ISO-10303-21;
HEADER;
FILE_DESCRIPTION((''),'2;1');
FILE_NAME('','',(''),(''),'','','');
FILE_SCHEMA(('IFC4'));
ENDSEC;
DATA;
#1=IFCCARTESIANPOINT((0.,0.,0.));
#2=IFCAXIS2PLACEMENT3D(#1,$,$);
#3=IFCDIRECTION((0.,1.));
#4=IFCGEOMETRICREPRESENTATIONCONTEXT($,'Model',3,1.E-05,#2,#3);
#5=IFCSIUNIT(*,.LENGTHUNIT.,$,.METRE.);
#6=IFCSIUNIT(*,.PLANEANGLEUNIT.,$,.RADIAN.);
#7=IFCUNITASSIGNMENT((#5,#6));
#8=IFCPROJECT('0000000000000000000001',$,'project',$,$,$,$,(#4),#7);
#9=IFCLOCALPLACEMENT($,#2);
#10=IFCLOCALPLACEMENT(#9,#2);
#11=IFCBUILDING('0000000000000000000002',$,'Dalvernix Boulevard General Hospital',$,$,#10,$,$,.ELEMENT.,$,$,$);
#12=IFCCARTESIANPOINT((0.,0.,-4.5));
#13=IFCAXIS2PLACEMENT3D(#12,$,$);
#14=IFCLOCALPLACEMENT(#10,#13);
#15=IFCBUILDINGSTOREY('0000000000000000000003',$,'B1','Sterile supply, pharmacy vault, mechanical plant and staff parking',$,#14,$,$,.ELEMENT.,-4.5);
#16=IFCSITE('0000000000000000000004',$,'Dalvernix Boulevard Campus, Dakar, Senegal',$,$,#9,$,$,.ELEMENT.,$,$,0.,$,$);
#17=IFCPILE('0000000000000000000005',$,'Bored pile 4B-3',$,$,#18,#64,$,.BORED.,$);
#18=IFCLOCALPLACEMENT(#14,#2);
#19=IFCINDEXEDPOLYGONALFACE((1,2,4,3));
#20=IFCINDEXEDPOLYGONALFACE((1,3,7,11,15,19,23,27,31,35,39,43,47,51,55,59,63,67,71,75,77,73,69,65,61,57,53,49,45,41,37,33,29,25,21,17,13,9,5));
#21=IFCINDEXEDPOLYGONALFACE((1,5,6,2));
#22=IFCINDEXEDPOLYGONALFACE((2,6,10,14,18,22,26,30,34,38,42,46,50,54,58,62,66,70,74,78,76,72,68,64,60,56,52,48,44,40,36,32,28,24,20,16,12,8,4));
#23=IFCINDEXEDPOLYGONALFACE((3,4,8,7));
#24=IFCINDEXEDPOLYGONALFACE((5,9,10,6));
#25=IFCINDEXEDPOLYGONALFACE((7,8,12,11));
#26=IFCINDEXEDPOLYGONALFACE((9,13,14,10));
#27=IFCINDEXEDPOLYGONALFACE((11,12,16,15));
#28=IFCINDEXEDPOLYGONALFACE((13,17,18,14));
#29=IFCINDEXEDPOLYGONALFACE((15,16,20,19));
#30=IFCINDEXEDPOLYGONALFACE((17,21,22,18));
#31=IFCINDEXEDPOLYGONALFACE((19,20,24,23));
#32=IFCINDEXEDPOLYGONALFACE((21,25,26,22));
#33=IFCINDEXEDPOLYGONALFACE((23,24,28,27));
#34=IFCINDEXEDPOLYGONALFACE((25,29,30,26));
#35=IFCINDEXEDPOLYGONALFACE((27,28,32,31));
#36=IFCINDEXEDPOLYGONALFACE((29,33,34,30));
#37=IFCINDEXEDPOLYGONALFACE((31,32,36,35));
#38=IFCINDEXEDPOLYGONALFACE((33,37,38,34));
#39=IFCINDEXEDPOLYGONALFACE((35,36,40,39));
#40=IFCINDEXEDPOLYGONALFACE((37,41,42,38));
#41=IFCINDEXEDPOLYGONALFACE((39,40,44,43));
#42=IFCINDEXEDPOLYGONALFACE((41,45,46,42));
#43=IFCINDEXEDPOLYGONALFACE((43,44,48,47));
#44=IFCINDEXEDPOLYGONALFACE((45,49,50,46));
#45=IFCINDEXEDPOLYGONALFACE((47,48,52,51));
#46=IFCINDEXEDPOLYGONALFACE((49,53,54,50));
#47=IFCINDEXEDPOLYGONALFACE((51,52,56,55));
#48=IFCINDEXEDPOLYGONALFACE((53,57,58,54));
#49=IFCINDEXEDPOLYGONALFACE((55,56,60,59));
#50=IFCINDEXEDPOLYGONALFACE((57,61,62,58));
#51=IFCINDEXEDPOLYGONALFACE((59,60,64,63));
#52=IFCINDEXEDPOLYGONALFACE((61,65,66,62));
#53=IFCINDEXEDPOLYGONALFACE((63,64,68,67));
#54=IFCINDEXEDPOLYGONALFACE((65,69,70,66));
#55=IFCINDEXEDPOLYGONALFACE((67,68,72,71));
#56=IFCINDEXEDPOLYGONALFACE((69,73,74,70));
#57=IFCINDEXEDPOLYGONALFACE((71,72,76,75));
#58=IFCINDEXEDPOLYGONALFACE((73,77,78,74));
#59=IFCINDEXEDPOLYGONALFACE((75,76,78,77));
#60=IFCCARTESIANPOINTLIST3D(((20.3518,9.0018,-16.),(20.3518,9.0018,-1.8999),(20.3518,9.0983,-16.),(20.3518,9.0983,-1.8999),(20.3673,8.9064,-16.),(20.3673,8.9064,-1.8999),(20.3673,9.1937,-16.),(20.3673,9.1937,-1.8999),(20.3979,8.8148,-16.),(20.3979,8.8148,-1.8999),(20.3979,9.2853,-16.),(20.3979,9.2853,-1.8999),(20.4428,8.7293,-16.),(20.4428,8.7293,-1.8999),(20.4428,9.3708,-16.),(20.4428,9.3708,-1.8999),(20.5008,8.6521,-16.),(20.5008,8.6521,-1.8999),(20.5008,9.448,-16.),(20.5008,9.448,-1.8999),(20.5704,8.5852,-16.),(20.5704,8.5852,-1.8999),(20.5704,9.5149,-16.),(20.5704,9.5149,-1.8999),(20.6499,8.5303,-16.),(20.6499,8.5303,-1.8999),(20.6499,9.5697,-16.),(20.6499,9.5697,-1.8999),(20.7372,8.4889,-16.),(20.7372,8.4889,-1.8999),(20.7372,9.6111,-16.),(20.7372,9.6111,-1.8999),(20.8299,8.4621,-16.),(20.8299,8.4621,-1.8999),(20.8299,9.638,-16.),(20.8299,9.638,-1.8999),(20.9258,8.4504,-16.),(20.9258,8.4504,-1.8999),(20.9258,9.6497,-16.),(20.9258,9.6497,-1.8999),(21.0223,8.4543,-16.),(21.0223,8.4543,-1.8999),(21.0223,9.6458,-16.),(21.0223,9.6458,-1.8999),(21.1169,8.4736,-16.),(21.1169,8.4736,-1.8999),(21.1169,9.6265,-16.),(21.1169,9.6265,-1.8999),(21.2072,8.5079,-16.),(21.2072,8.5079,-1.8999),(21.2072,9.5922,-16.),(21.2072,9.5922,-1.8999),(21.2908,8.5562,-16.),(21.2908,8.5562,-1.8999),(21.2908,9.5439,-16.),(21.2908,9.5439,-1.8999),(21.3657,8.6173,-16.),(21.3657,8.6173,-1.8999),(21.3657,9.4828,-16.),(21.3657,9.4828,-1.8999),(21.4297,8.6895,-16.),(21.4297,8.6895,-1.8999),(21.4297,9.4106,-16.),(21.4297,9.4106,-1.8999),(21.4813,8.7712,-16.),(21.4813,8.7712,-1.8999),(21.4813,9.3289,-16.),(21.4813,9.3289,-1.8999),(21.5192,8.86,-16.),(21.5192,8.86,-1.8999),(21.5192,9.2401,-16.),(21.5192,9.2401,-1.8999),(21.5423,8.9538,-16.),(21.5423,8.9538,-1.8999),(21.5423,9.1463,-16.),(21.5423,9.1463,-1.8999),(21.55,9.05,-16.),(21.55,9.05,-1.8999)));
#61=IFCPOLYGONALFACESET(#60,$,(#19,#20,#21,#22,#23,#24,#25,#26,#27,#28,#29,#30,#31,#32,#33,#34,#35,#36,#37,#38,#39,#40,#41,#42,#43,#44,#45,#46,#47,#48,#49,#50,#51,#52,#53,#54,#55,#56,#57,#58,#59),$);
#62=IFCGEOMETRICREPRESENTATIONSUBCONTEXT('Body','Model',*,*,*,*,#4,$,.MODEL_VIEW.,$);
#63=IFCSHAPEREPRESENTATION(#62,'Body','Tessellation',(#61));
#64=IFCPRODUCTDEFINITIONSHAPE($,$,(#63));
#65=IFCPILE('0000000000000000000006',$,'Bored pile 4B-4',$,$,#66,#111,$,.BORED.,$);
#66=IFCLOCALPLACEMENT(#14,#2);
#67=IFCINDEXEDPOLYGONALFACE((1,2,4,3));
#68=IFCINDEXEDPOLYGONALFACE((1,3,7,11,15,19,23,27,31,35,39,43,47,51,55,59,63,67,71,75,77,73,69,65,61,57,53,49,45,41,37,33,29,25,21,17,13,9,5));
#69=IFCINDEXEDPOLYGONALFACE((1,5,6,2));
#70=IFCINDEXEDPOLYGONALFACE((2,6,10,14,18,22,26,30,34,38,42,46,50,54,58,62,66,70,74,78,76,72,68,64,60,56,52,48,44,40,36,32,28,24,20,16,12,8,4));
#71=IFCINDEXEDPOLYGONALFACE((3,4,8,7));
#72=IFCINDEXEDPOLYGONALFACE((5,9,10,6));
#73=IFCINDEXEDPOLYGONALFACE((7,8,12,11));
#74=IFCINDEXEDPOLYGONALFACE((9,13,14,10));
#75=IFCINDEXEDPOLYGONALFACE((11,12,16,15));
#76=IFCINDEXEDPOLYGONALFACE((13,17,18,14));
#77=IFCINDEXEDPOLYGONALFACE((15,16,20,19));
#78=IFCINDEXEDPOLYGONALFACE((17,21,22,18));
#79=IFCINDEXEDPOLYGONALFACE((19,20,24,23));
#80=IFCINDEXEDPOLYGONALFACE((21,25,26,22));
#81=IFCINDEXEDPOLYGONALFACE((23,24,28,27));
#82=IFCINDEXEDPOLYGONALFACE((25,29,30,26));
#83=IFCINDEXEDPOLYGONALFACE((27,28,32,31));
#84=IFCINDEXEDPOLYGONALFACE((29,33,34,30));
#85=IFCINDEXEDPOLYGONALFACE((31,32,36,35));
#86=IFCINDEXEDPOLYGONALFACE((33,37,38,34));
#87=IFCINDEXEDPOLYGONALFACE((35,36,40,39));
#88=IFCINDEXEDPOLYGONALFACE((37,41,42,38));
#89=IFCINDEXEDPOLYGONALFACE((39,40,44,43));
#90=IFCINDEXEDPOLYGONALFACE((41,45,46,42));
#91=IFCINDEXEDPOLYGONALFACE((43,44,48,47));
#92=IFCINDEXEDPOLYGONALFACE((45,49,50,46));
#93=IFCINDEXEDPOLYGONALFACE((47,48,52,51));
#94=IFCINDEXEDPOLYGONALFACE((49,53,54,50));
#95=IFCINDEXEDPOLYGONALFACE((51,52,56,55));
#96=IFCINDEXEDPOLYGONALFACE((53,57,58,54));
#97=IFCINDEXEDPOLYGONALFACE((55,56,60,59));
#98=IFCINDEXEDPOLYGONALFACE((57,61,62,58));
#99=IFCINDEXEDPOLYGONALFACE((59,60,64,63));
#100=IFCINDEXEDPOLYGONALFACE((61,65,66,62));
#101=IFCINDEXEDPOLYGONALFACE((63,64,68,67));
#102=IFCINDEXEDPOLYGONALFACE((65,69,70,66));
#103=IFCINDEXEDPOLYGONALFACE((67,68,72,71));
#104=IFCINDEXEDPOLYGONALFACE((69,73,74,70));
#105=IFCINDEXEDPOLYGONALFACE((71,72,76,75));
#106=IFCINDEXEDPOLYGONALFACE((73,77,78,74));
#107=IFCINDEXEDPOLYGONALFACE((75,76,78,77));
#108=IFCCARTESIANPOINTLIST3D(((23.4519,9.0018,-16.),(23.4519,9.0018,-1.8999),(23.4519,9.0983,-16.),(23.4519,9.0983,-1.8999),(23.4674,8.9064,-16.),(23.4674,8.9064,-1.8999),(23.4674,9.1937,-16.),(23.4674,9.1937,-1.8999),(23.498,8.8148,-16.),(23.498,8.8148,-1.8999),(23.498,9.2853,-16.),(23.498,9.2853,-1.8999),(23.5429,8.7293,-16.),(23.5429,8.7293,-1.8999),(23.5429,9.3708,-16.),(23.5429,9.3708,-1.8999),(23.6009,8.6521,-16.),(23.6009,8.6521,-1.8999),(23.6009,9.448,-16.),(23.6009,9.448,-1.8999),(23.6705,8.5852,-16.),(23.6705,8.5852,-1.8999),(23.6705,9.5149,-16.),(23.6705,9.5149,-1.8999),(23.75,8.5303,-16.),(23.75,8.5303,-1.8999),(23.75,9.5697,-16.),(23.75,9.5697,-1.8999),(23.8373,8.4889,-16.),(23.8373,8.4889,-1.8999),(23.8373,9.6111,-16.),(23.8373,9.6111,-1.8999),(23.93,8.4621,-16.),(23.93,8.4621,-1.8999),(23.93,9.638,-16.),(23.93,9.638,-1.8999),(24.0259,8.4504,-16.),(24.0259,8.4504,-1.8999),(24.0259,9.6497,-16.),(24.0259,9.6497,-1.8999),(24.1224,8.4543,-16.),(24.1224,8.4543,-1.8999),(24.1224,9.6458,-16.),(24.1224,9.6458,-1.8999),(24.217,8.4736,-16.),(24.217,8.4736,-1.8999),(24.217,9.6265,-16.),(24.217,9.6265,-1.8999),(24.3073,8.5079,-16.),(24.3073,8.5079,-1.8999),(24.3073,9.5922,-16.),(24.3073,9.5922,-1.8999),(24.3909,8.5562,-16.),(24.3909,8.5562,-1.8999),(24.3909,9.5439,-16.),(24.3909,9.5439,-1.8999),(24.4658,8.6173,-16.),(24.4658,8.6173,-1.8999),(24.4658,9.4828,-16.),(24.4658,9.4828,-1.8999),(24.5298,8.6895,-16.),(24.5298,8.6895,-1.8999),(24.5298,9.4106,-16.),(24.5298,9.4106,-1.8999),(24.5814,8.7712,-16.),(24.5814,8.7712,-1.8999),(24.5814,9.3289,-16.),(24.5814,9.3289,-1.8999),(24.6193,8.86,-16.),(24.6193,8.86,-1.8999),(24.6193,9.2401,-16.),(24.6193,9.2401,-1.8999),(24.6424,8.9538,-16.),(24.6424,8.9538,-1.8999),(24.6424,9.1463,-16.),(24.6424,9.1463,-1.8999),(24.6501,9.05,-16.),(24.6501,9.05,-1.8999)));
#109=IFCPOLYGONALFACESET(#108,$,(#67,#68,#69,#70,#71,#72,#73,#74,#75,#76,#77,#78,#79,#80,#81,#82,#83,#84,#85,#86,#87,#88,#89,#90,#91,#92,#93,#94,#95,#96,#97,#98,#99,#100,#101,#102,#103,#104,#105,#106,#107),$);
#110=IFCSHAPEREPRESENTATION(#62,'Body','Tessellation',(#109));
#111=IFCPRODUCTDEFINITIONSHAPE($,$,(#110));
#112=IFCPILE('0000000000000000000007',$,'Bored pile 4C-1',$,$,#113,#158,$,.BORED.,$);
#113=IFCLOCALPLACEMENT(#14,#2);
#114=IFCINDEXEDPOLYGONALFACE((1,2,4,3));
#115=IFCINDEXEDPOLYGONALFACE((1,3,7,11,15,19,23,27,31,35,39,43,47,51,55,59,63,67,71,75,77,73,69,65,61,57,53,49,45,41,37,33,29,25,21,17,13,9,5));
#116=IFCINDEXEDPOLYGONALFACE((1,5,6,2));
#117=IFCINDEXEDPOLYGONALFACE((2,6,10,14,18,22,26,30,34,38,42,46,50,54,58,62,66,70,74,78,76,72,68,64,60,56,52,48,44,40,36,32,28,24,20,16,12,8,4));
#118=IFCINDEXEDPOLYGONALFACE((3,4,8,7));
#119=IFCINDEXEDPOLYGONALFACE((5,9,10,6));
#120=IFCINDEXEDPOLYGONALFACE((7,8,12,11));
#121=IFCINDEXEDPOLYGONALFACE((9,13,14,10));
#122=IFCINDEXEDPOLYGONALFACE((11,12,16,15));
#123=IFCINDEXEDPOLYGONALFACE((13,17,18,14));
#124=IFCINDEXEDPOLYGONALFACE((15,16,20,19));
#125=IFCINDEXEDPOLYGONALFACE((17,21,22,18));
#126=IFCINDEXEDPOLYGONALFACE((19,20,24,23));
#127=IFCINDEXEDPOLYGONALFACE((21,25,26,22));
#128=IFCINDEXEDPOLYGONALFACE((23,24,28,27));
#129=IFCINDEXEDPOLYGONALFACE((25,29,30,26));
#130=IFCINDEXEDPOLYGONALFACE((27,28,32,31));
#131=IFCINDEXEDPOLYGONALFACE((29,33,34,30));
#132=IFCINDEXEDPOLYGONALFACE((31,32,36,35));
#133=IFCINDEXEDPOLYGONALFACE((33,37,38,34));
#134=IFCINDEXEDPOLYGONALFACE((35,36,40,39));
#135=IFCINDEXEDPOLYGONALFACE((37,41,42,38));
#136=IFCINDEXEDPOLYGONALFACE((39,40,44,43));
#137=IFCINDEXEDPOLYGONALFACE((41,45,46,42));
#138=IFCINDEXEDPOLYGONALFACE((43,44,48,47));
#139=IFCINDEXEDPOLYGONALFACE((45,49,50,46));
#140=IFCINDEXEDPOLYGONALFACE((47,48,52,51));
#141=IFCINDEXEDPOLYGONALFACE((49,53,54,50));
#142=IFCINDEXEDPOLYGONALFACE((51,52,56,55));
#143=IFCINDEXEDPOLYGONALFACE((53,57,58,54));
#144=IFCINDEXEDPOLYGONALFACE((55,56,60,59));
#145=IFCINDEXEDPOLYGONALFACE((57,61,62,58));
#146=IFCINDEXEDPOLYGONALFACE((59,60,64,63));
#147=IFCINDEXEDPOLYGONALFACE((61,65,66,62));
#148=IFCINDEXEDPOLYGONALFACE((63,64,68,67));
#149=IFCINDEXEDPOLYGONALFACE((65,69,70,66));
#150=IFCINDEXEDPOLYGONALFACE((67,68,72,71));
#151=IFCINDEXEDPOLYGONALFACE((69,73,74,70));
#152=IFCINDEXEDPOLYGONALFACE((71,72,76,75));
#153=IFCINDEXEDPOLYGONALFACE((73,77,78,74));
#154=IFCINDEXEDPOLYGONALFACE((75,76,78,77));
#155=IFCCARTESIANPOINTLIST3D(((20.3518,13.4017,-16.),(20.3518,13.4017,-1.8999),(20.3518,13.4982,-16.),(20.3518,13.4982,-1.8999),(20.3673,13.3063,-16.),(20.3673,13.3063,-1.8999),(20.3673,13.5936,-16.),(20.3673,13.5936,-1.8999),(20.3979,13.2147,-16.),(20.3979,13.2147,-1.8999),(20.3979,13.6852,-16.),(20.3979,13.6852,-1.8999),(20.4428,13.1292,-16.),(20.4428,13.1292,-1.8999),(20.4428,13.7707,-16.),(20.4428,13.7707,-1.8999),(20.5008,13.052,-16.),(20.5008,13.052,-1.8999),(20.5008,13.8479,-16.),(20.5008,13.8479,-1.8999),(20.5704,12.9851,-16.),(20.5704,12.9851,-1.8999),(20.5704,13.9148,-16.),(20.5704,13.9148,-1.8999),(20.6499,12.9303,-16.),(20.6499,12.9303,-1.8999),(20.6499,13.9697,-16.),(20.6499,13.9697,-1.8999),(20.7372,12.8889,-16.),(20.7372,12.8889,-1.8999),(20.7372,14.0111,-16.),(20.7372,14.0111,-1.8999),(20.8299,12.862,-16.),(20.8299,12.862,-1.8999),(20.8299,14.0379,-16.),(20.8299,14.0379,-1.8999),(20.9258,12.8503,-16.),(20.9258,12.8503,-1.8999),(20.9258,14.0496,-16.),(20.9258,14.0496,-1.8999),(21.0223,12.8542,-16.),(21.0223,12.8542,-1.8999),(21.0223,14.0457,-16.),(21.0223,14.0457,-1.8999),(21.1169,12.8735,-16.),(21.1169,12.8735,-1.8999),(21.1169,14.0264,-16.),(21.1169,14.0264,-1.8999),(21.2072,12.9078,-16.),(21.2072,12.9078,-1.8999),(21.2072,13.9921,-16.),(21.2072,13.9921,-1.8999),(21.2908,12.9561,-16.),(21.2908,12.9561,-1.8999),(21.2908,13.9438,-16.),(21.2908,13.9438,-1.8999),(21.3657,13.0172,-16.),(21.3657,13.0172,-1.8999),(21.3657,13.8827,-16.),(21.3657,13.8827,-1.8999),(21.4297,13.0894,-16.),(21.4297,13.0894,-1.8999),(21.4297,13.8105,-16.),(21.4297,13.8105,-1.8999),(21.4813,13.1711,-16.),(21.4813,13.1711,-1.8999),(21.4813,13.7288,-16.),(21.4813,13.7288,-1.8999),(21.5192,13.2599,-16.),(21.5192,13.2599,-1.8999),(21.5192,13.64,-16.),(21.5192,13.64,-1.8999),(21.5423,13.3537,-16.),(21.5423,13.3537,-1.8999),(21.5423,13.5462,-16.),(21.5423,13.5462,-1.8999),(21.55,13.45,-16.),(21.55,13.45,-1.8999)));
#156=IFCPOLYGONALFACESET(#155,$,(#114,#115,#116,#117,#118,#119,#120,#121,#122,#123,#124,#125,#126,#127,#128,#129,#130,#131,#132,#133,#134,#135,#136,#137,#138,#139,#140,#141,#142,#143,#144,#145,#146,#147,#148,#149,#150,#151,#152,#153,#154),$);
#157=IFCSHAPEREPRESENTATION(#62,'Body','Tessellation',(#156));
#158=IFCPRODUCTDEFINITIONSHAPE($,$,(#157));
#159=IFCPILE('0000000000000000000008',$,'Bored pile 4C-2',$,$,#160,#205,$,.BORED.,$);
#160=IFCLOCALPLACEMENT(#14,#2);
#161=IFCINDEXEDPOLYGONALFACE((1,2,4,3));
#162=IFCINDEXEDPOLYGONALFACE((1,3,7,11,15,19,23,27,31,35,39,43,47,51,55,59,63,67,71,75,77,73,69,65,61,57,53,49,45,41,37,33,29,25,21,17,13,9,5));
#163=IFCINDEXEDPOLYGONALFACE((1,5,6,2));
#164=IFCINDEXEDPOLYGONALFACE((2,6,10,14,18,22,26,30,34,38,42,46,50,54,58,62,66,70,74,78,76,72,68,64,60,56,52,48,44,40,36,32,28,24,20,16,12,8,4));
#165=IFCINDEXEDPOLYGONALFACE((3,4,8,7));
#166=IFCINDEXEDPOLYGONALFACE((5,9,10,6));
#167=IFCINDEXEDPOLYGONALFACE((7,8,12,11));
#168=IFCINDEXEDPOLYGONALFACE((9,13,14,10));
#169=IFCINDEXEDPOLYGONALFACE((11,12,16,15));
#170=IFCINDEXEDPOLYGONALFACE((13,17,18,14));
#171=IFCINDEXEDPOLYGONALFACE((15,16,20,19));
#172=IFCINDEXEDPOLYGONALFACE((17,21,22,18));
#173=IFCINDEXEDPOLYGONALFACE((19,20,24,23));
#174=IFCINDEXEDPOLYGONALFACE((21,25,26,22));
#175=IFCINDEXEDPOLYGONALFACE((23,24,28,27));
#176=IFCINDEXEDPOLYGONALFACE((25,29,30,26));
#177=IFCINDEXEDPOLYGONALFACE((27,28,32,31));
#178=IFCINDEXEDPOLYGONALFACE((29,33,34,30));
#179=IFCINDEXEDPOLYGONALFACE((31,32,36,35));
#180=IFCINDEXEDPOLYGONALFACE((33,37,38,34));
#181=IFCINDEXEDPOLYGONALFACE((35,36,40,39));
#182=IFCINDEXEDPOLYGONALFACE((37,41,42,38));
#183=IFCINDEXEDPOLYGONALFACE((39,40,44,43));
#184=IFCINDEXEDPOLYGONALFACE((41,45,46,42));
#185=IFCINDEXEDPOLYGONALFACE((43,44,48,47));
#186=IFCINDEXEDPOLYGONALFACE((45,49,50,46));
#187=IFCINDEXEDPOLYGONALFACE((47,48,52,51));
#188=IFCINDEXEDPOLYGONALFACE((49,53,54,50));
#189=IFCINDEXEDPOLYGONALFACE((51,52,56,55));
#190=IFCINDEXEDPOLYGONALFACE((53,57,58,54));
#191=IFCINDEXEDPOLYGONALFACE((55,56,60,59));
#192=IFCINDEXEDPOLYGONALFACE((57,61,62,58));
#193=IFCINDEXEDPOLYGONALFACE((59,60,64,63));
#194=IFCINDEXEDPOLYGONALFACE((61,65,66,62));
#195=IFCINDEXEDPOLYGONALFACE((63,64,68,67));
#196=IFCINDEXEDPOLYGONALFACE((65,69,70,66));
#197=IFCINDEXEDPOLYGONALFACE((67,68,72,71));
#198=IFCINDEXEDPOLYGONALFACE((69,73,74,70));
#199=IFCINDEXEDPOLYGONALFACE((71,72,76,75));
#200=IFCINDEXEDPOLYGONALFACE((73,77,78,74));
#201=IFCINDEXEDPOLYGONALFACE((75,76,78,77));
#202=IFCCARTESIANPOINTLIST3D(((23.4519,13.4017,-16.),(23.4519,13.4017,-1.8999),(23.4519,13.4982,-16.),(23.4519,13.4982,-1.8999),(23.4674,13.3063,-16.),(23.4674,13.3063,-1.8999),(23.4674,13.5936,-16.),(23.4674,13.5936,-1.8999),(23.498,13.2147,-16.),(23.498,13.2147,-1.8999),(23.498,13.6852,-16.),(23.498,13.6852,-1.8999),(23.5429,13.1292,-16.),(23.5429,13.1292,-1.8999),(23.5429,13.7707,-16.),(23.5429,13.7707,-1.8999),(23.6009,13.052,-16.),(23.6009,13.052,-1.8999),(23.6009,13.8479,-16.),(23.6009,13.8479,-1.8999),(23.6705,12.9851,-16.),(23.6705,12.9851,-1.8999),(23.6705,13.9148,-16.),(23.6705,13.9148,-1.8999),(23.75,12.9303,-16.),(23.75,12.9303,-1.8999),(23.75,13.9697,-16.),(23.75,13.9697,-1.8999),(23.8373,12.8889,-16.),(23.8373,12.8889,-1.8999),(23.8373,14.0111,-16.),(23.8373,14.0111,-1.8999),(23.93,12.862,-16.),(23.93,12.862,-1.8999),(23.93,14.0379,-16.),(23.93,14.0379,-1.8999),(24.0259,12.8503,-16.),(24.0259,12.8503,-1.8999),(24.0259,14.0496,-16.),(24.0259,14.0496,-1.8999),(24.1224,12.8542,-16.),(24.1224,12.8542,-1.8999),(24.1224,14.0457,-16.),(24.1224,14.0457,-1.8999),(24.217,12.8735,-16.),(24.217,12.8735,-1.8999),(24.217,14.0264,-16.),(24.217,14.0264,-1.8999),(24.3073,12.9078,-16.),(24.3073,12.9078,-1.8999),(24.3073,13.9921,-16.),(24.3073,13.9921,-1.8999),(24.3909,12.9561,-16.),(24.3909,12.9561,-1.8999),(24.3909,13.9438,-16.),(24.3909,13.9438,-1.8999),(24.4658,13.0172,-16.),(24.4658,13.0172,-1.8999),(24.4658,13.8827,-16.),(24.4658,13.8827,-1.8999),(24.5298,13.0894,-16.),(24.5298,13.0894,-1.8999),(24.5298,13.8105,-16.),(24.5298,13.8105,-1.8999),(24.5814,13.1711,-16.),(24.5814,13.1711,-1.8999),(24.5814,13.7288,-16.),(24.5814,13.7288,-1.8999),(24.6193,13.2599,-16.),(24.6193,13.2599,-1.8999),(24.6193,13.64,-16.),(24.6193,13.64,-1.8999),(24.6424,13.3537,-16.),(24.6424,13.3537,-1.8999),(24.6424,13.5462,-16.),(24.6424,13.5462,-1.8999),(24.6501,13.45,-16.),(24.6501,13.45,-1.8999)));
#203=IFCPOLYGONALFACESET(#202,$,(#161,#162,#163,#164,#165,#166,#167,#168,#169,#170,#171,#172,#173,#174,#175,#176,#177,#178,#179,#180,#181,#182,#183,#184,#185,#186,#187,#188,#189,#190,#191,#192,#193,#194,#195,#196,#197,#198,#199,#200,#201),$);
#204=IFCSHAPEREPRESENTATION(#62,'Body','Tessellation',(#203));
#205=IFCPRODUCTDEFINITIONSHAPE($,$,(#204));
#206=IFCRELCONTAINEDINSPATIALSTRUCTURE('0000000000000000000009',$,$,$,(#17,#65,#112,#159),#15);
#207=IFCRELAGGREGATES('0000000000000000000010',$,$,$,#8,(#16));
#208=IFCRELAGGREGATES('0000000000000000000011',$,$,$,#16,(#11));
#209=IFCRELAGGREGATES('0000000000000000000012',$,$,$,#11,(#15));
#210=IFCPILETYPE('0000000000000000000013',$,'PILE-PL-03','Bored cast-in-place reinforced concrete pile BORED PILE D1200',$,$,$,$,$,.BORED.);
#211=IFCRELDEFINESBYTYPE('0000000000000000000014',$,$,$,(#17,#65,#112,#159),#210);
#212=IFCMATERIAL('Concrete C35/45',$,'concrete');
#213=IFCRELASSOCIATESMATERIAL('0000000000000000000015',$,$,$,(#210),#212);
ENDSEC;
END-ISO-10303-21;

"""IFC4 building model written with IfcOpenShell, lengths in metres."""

from ifc_helpers import new_model, si_unit, direction, frame, origin, origin_2d, place, context, subcontext, project, spatial, circle, extrude, material, material_profile, profile_set, type_object, element, save


model = new_model("IFC4")

# Units and contexts
model_context = context("Model", 3, precision=1e-05, world=origin(), true_north=direction((0.0, 1.0)))
body_context = subcontext(model_context, "Body", "Model", "MODEL_VIEW")
ifc_project = project(units=[si_unit("LENGTHUNIT", "METRE"), si_unit("PLANEANGLEUNIT", "RADIAN")], contexts=[model_context])

# Site, building, storey
site_placement = place(None, origin())
site = spatial("IfcSite", under=ifc_project, at=site_placement, Name="Dalvernix Boulevard Campus, Dakar, Senegal", CompositionType="ELEMENT", RefElevation=0.0)
building_placement = place(site_placement, origin())
building = spatial("IfcBuilding", under=site, at=building_placement, Name="Dalvernix Boulevard General Hospital", CompositionType="ELEMENT")
storey_placement = place(building_placement, frame((0.0, 0.0, -4.5)))
storey = spatial("IfcBuildingStorey", under=building, at=storey_placement, Name="B1", Description="Sterile supply, pharmacy vault, mechanical plant and staff parking", CompositionType="ELEMENT", Elevation=-4.5)

# Shared definitions
ifc_material_1 = material(Name="Concrete C35/45", Category="concrete")

# Piles
ifc_material_profile_1 = material_profile(ifc_material_1, circle(Radius=0.6001, at=origin_2d()), Name="BORED PILE D1200")
ifc_profile_set_1 = profile_set([ifc_material_profile_1], Name="Concrete C35/45")
pile_type = type_object("IfcPileType", Name="PILE-PL-03", Description="Bored cast-in-place reinforced concrete pile BORED PILE D1200", PredefinedType="BORED", material=ifc_profile_set_1)
for number, where, z_axis, x_axis, name in (
    (1, (20.95, 9.05, -1.8999), (0.0, 0.0, -1.0), (1.0, 0.0, 0.0), "Bored pile 4B-3"),
    (2, (24.05, 9.05, -1.8999), (0.0, 0.0, -1.0), (1.0, 0.0, 0.0), "Bored pile 4B-4"),
    (3, (20.95, 13.45, -1.8999), (0.0, 0.0, -1.0), (1.0, 0.0, 0.0), "Bored pile 4C-1"),
    (4, (24.05, 13.45, -1.8999), (0.0, 0.0, -1.0), (1.0, 0.0, 0.0), "Bored pile 4C-2"),
):
    element("IfcPile", number, at=place(storey_placement, frame(where, z_axis=z_axis, x_axis=x_axis)), inside=storey, type_object=pile_type, Name=name, PredefinedType="BORED", context=body_context, shape_type="SweptSolid", body=[
        extrude(circle(Radius=0.6001, at=origin_2d()), origin(), (0.0, 0.0, 1.0), 14.1001),
    ])

save(model, "model.ifc")
